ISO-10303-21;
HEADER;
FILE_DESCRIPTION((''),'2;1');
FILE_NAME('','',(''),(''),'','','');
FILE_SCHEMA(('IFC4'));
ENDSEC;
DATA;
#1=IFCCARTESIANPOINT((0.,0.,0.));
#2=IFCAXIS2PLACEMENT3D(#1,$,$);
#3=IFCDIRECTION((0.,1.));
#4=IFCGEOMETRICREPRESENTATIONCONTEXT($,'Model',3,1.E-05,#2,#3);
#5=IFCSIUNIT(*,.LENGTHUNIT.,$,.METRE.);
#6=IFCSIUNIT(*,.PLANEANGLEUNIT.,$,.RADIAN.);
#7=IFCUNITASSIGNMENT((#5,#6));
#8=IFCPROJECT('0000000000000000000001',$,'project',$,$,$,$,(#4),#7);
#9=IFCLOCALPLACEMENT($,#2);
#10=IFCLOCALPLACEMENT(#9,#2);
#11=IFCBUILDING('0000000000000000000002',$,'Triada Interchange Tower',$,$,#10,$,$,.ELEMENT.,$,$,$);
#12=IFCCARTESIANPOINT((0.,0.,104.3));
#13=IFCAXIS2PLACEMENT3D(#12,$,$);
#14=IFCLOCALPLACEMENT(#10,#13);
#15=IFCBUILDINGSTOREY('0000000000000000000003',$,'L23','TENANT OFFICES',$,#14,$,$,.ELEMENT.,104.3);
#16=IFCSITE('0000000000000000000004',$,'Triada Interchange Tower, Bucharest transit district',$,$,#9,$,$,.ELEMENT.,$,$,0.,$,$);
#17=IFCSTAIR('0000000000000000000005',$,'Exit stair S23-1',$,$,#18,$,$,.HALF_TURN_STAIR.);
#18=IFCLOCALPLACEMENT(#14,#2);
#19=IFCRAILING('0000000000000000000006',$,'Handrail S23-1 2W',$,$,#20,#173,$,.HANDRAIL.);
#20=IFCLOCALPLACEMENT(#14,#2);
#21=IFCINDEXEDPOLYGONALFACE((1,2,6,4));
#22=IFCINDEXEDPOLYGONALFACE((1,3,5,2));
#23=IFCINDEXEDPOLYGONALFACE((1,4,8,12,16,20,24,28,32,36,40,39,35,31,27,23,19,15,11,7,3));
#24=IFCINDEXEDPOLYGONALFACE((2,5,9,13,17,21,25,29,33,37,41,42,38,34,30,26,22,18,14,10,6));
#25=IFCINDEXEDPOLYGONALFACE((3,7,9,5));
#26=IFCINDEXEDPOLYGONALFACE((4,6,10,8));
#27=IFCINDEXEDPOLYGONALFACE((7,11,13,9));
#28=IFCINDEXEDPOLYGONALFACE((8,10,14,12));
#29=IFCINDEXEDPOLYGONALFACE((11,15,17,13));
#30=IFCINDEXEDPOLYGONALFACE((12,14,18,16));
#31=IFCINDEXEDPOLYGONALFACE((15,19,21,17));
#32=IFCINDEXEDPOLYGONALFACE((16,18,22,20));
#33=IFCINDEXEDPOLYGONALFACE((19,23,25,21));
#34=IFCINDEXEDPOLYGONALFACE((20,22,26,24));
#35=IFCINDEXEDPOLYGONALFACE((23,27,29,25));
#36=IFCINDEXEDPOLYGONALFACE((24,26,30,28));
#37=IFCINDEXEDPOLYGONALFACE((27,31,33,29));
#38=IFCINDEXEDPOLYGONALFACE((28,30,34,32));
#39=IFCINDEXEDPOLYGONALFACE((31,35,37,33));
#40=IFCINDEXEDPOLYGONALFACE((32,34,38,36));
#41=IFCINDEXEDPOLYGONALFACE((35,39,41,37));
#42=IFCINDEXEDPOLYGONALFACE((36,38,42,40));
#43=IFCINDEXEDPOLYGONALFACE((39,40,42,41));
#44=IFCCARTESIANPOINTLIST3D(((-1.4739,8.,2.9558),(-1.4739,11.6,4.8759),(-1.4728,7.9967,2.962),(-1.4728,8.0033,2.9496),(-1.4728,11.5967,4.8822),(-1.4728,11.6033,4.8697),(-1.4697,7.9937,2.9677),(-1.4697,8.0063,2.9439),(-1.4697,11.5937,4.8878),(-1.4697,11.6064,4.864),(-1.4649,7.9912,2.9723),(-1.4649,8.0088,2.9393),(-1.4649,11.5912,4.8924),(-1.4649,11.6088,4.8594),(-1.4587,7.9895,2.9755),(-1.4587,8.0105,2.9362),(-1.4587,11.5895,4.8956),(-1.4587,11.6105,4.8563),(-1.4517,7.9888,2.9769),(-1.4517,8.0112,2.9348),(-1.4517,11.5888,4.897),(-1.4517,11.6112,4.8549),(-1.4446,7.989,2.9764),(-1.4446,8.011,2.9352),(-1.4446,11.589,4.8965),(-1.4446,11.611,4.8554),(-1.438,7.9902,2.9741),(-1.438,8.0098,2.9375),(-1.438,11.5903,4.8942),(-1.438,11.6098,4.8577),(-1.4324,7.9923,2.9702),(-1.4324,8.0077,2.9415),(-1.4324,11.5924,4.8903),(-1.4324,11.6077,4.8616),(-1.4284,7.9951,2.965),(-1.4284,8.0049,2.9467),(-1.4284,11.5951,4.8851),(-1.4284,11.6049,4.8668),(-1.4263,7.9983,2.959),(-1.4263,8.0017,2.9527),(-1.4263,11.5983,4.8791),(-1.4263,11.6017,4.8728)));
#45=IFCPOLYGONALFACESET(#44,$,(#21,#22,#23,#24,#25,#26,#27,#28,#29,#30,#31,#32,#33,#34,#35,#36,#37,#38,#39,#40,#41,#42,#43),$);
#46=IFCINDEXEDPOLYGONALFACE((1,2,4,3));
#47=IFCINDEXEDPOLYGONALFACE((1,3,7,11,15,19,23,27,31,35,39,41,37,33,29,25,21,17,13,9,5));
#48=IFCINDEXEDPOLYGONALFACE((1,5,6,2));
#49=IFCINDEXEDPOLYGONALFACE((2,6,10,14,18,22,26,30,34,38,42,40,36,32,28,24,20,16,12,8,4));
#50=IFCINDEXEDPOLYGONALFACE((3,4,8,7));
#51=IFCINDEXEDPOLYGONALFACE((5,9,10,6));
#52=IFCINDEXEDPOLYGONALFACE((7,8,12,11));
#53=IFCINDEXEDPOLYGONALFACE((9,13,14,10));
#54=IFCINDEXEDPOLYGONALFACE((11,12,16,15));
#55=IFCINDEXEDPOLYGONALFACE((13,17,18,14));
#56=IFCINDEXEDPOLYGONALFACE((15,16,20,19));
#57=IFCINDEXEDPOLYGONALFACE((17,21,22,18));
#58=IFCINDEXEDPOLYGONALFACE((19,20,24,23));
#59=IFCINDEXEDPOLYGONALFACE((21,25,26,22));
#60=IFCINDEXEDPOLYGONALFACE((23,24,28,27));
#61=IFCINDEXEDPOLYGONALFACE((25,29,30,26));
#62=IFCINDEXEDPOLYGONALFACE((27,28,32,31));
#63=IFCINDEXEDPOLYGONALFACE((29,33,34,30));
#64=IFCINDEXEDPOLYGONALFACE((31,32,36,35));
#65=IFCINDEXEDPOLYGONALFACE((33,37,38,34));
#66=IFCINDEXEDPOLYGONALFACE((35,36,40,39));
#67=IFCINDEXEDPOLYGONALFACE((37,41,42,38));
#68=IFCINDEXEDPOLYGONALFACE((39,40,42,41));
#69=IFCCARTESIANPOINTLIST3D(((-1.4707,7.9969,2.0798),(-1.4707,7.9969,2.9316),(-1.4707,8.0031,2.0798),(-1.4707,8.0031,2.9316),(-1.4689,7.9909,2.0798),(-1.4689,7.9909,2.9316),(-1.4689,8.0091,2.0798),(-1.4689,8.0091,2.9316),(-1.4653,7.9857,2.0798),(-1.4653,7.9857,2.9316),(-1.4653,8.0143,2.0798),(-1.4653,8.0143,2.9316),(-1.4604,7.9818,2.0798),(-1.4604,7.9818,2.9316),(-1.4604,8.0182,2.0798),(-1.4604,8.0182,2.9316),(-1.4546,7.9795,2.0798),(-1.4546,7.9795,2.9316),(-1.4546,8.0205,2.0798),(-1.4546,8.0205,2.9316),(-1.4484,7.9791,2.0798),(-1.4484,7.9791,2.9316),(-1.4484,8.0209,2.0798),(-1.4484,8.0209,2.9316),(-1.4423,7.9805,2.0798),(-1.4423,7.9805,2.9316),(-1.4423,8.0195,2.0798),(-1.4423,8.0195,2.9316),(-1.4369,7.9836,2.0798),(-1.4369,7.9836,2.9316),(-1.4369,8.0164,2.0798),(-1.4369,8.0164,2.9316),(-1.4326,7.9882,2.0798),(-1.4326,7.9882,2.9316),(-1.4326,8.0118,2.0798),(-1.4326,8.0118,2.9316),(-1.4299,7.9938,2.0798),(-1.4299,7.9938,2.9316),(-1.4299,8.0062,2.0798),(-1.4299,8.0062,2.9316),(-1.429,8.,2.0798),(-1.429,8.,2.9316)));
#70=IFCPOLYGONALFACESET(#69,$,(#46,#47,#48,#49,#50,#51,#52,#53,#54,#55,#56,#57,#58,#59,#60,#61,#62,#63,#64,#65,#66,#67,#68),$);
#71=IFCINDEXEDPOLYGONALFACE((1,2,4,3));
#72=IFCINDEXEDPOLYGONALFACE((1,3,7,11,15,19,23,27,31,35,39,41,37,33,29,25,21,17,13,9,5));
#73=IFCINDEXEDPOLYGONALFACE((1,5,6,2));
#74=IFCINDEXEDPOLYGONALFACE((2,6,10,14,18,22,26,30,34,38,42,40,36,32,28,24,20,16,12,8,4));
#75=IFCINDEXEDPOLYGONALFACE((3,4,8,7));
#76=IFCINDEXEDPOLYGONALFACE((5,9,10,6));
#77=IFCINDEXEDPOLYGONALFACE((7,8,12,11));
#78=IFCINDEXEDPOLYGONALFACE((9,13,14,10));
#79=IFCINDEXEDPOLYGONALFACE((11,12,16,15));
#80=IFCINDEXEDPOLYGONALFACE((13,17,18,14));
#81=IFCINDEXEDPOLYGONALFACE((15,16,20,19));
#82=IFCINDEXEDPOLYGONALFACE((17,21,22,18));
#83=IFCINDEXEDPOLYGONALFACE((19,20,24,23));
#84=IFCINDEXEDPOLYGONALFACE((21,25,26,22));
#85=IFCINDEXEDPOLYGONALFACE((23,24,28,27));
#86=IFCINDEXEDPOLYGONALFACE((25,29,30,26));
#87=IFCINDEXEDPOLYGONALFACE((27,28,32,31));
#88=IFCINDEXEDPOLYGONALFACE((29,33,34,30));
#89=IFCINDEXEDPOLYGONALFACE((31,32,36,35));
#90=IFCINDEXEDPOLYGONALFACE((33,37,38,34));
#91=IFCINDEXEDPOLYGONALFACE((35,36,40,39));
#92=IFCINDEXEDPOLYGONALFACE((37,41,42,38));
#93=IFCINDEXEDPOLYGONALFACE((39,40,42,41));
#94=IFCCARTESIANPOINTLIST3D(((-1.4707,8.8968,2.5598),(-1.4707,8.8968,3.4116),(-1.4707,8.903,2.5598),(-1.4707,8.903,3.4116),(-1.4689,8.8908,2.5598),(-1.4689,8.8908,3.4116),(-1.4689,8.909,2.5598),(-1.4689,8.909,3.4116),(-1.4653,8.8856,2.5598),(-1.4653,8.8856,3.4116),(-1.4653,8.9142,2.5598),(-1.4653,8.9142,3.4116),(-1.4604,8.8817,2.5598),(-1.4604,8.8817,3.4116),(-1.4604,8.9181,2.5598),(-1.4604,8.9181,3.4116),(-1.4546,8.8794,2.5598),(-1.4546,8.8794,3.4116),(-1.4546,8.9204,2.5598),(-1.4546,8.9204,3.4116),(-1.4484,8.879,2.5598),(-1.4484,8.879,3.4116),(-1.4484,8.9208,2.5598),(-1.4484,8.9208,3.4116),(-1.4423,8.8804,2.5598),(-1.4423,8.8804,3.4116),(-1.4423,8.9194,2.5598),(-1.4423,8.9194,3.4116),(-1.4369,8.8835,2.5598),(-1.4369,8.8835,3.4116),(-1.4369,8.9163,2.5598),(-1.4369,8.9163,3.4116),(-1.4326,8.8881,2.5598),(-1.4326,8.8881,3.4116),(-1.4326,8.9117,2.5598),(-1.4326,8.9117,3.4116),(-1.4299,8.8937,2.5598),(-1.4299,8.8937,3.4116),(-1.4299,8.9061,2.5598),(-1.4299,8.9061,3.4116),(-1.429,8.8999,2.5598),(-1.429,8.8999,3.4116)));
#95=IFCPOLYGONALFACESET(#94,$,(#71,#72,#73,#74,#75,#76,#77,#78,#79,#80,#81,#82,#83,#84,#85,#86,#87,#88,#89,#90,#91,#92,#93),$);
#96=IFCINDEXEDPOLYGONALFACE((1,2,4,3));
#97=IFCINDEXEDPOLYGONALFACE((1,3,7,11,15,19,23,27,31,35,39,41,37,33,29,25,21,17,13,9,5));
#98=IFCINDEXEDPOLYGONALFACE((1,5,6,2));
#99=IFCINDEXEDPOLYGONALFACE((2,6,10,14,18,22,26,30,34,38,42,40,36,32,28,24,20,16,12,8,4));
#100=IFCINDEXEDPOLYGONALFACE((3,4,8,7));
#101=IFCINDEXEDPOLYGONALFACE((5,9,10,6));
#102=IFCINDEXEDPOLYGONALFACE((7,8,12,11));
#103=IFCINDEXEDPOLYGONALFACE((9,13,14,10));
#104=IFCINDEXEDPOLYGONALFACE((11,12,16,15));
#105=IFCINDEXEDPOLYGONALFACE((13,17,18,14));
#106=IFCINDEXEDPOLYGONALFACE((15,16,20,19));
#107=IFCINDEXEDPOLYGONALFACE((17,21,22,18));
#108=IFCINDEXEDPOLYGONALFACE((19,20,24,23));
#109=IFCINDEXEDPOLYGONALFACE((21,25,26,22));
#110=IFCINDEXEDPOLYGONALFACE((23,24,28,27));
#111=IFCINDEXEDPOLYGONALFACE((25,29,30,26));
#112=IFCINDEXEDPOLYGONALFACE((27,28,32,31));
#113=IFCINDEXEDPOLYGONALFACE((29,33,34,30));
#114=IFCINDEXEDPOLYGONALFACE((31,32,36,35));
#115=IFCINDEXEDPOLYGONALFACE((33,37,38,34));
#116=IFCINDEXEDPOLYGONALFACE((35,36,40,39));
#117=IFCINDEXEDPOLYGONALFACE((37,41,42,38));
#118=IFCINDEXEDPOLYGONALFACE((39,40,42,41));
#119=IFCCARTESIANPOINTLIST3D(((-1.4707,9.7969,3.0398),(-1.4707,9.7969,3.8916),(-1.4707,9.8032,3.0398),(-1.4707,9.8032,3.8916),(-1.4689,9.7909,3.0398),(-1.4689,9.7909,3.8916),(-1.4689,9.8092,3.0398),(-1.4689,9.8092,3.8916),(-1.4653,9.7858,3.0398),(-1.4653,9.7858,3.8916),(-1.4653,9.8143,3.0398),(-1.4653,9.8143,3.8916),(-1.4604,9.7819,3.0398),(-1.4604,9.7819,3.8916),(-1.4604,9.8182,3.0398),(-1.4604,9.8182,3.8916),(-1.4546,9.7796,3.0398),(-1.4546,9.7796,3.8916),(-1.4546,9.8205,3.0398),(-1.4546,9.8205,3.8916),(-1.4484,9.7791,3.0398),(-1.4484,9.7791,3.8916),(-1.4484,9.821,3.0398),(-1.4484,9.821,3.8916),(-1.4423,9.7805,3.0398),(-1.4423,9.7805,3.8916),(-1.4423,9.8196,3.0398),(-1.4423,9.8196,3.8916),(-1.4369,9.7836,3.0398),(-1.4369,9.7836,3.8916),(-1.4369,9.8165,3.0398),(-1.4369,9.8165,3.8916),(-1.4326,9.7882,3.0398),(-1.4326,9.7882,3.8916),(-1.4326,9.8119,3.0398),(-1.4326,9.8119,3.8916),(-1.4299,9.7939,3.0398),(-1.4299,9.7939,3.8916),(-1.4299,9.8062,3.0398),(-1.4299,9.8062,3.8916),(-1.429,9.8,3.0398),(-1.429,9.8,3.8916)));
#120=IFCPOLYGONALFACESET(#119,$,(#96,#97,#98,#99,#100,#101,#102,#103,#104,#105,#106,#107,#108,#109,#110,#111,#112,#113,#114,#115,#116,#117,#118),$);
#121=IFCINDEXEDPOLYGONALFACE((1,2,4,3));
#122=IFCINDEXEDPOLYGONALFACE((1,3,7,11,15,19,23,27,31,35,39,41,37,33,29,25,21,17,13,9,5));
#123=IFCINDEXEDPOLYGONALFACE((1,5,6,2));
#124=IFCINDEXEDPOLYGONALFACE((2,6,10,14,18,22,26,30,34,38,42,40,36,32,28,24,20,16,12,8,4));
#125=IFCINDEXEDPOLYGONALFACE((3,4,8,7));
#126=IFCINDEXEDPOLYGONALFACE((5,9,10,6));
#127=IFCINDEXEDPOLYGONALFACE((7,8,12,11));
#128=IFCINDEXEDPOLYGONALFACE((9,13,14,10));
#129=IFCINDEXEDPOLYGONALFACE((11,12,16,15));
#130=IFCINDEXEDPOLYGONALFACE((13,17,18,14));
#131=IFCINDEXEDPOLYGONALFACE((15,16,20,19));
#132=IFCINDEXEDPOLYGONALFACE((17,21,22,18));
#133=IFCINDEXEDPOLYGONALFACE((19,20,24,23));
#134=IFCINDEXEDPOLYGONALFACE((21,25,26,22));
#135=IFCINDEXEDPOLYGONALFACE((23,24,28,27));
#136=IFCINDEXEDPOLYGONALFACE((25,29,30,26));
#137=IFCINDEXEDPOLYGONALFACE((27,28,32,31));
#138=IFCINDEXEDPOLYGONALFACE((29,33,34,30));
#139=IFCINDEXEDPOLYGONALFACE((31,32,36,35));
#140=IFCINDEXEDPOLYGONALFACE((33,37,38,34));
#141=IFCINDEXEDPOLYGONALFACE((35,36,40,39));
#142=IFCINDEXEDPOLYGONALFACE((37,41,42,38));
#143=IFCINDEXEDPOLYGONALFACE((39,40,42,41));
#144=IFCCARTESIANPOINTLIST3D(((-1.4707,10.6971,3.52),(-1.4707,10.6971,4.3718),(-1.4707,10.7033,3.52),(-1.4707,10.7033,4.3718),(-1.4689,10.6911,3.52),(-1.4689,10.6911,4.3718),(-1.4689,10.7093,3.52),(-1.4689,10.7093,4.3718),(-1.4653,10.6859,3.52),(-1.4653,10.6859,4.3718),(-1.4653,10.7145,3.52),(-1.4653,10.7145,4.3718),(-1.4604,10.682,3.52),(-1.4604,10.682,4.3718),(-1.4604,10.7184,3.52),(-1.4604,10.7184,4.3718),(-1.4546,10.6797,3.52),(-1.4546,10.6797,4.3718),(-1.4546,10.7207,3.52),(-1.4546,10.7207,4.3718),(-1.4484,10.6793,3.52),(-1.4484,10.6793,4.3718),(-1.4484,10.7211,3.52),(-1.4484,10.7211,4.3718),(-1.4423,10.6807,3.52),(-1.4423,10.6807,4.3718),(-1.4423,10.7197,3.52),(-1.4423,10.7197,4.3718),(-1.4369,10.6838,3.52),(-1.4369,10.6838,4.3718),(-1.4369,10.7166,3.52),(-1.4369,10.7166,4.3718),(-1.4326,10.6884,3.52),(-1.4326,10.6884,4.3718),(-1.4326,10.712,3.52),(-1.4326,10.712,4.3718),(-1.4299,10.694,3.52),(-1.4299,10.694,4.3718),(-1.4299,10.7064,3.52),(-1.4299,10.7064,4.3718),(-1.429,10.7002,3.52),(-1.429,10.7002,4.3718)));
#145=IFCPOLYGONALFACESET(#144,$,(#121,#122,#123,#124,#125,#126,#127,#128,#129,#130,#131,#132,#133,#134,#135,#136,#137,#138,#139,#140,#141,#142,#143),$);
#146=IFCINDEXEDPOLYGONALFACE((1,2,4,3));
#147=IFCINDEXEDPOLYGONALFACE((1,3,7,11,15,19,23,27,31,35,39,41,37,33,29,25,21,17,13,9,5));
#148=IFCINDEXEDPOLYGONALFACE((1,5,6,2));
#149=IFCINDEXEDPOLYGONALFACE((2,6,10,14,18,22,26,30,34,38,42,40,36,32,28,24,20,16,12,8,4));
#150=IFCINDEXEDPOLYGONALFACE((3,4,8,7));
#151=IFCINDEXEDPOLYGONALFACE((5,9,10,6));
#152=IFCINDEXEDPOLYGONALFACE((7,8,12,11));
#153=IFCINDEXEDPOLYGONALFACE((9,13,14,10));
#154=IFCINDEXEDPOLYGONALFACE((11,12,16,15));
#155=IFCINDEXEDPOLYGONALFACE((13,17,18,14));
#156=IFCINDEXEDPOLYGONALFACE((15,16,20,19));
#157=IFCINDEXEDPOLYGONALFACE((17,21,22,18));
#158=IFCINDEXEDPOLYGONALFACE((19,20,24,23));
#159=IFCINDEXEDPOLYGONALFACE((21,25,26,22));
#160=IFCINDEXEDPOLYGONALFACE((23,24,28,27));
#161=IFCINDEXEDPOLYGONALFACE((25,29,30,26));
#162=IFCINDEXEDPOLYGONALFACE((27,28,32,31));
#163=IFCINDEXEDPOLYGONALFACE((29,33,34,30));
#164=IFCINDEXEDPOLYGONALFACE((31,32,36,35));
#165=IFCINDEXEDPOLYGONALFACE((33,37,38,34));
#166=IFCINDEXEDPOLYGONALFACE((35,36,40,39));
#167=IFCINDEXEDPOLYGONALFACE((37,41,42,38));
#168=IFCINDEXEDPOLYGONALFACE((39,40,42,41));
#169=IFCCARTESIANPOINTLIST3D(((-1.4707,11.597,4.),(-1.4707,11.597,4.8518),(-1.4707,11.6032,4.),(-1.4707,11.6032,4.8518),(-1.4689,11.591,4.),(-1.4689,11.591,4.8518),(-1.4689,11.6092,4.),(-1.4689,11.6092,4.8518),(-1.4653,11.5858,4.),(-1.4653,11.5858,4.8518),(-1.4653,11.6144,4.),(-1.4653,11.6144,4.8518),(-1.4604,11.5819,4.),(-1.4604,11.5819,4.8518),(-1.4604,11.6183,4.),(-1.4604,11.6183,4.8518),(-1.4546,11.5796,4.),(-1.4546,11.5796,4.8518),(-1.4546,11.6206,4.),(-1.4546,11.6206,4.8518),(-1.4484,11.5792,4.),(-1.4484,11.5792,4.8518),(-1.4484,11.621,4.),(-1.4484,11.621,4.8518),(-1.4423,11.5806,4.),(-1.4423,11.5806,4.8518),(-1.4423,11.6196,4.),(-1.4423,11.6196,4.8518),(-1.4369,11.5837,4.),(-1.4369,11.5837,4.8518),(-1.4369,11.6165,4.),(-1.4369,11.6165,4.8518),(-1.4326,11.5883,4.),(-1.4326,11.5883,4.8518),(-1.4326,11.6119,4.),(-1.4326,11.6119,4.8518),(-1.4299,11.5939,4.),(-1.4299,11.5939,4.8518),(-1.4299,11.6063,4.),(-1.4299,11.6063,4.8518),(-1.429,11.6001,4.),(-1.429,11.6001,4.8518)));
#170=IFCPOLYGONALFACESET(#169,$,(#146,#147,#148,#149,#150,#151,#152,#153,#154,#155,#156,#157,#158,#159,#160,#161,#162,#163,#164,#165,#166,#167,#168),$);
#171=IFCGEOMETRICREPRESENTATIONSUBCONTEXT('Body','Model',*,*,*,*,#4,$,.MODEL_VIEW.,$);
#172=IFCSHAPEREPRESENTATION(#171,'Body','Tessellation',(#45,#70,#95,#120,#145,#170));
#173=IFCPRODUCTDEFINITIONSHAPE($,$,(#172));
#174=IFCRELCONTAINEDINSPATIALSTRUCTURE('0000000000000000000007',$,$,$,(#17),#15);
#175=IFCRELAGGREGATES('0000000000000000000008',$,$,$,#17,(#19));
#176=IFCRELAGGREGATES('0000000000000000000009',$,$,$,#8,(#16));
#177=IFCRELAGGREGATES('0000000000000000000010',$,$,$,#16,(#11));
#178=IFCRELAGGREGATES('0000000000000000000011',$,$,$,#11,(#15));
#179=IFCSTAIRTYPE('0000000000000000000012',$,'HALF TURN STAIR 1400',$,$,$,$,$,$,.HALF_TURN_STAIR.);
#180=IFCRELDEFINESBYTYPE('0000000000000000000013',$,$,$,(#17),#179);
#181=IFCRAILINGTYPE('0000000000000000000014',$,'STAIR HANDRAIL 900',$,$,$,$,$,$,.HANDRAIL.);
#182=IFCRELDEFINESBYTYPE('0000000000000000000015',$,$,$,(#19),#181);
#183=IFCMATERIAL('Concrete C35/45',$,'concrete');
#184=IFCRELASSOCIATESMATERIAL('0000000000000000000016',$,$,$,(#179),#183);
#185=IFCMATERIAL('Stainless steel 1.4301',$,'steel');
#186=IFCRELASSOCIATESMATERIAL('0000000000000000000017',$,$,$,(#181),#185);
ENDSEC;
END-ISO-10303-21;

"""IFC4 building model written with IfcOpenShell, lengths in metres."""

from ifc_helpers import new_model, si_unit, direction, frame, origin, origin_2d, place, context, subcontext, project, spatial, circle, extrude, material, type_object, element, aggregate, save


model = new_model("IFC4")

# Units and contexts
model_context = context("Model", 3, precision=1e-05, world=origin(), true_north=direction((0.0, 1.0)))
body_context = subcontext(model_context, "Body", "Model", "MODEL_VIEW")
ifc_project = project(units=[si_unit("LENGTHUNIT", "METRE"), si_unit("PLANEANGLEUNIT", "RADIAN")], contexts=[model_context])

# Site, building, storey
site_placement = place(None, origin())
site = spatial("IfcSite", under=ifc_project, at=site_placement, Name="Triada Interchange Tower, Bucharest transit district", CompositionType="ELEMENT", RefElevation=0.0)
building_placement = place(site_placement, origin())
building = spatial("IfcBuilding", under=site, at=building_placement, Name="Triada Interchange Tower", CompositionType="ELEMENT")
storey_placement = place(building_placement, frame((0.0, 0.0, 104.3)))
storey = spatial("IfcBuildingStorey", under=building, at=storey_placement, Name="L23", Description="TENANT OFFICES", CompositionType="ELEMENT", Elevation=104.3)

# Stair, railing
ifc_material_1 = material(Name="Concrete C35/45", Category="concrete")
stair_type = type_object("IfcStairType", Name="HALF TURN STAIR 1400", PredefinedType="HALF_TURN_STAIR", material=ifc_material_1)
stair_placement = place(storey_placement, origin())
stair = element("IfcStair", 1, at=stair_placement, inside=storey, type_object=stair_type, Name="Exit stair S23-1", PredefinedType="HALF_TURN_STAIR")
ifc_material_2 = material(Name="Stainless steel 1.4301", Category="steel")
railing_type = type_object("IfcRailingType", Name="STAIR HANDRAIL 900", PredefinedType="HANDRAIL", material=ifc_material_2)
railing_1_placement = place(storey_placement, frame((-1.45, 8.0, 2.0798)))
railing_1 = element("IfcRailing", 2, at=railing_1_placement, type_object=railing_type, Name="Handrail S23-1 2W", PredefinedType="HANDRAIL", context=body_context, shape_type="SweptSolid", body=[
    extrude(circle(Radius=0.0239, at=origin_2d()), frame((0.0, 0.0, 0.876), z_axis=(0.0, 0.882341, 0.47061), x_axis=(-1.0, 0.0, 0.0)), (0.0, 0.0, 1.0), 4.0801),
    extrude(circle(Radius=0.021, at=origin_2d()), origin(), (0.0, 0.0, 1.0), 0.8518),
    extrude(circle(Radius=0.021, at=origin_2d()), frame((0.0, 0.8999, 0.48)), (0.0, 0.0, 1.0), 0.8518),
    extrude(circle(Radius=0.021, at=origin_2d()), frame((0.0, 1.8, 0.96)), (0.0, 0.0, 1.0), 0.8518),
    extrude(circle(Radius=0.021, at=origin_2d()), frame((0.0, 2.7002, 1.4402)), (0.0, 0.0, 1.0), 0.8518),
    extrude(circle(Radius=0.021, at=origin_2d()), frame((0.0, 3.6001, 1.9202)), (0.0, 0.0, 1.0), 0.8518),
])
aggregate(stair, [railing_1])

save(model, "model.ifc")
